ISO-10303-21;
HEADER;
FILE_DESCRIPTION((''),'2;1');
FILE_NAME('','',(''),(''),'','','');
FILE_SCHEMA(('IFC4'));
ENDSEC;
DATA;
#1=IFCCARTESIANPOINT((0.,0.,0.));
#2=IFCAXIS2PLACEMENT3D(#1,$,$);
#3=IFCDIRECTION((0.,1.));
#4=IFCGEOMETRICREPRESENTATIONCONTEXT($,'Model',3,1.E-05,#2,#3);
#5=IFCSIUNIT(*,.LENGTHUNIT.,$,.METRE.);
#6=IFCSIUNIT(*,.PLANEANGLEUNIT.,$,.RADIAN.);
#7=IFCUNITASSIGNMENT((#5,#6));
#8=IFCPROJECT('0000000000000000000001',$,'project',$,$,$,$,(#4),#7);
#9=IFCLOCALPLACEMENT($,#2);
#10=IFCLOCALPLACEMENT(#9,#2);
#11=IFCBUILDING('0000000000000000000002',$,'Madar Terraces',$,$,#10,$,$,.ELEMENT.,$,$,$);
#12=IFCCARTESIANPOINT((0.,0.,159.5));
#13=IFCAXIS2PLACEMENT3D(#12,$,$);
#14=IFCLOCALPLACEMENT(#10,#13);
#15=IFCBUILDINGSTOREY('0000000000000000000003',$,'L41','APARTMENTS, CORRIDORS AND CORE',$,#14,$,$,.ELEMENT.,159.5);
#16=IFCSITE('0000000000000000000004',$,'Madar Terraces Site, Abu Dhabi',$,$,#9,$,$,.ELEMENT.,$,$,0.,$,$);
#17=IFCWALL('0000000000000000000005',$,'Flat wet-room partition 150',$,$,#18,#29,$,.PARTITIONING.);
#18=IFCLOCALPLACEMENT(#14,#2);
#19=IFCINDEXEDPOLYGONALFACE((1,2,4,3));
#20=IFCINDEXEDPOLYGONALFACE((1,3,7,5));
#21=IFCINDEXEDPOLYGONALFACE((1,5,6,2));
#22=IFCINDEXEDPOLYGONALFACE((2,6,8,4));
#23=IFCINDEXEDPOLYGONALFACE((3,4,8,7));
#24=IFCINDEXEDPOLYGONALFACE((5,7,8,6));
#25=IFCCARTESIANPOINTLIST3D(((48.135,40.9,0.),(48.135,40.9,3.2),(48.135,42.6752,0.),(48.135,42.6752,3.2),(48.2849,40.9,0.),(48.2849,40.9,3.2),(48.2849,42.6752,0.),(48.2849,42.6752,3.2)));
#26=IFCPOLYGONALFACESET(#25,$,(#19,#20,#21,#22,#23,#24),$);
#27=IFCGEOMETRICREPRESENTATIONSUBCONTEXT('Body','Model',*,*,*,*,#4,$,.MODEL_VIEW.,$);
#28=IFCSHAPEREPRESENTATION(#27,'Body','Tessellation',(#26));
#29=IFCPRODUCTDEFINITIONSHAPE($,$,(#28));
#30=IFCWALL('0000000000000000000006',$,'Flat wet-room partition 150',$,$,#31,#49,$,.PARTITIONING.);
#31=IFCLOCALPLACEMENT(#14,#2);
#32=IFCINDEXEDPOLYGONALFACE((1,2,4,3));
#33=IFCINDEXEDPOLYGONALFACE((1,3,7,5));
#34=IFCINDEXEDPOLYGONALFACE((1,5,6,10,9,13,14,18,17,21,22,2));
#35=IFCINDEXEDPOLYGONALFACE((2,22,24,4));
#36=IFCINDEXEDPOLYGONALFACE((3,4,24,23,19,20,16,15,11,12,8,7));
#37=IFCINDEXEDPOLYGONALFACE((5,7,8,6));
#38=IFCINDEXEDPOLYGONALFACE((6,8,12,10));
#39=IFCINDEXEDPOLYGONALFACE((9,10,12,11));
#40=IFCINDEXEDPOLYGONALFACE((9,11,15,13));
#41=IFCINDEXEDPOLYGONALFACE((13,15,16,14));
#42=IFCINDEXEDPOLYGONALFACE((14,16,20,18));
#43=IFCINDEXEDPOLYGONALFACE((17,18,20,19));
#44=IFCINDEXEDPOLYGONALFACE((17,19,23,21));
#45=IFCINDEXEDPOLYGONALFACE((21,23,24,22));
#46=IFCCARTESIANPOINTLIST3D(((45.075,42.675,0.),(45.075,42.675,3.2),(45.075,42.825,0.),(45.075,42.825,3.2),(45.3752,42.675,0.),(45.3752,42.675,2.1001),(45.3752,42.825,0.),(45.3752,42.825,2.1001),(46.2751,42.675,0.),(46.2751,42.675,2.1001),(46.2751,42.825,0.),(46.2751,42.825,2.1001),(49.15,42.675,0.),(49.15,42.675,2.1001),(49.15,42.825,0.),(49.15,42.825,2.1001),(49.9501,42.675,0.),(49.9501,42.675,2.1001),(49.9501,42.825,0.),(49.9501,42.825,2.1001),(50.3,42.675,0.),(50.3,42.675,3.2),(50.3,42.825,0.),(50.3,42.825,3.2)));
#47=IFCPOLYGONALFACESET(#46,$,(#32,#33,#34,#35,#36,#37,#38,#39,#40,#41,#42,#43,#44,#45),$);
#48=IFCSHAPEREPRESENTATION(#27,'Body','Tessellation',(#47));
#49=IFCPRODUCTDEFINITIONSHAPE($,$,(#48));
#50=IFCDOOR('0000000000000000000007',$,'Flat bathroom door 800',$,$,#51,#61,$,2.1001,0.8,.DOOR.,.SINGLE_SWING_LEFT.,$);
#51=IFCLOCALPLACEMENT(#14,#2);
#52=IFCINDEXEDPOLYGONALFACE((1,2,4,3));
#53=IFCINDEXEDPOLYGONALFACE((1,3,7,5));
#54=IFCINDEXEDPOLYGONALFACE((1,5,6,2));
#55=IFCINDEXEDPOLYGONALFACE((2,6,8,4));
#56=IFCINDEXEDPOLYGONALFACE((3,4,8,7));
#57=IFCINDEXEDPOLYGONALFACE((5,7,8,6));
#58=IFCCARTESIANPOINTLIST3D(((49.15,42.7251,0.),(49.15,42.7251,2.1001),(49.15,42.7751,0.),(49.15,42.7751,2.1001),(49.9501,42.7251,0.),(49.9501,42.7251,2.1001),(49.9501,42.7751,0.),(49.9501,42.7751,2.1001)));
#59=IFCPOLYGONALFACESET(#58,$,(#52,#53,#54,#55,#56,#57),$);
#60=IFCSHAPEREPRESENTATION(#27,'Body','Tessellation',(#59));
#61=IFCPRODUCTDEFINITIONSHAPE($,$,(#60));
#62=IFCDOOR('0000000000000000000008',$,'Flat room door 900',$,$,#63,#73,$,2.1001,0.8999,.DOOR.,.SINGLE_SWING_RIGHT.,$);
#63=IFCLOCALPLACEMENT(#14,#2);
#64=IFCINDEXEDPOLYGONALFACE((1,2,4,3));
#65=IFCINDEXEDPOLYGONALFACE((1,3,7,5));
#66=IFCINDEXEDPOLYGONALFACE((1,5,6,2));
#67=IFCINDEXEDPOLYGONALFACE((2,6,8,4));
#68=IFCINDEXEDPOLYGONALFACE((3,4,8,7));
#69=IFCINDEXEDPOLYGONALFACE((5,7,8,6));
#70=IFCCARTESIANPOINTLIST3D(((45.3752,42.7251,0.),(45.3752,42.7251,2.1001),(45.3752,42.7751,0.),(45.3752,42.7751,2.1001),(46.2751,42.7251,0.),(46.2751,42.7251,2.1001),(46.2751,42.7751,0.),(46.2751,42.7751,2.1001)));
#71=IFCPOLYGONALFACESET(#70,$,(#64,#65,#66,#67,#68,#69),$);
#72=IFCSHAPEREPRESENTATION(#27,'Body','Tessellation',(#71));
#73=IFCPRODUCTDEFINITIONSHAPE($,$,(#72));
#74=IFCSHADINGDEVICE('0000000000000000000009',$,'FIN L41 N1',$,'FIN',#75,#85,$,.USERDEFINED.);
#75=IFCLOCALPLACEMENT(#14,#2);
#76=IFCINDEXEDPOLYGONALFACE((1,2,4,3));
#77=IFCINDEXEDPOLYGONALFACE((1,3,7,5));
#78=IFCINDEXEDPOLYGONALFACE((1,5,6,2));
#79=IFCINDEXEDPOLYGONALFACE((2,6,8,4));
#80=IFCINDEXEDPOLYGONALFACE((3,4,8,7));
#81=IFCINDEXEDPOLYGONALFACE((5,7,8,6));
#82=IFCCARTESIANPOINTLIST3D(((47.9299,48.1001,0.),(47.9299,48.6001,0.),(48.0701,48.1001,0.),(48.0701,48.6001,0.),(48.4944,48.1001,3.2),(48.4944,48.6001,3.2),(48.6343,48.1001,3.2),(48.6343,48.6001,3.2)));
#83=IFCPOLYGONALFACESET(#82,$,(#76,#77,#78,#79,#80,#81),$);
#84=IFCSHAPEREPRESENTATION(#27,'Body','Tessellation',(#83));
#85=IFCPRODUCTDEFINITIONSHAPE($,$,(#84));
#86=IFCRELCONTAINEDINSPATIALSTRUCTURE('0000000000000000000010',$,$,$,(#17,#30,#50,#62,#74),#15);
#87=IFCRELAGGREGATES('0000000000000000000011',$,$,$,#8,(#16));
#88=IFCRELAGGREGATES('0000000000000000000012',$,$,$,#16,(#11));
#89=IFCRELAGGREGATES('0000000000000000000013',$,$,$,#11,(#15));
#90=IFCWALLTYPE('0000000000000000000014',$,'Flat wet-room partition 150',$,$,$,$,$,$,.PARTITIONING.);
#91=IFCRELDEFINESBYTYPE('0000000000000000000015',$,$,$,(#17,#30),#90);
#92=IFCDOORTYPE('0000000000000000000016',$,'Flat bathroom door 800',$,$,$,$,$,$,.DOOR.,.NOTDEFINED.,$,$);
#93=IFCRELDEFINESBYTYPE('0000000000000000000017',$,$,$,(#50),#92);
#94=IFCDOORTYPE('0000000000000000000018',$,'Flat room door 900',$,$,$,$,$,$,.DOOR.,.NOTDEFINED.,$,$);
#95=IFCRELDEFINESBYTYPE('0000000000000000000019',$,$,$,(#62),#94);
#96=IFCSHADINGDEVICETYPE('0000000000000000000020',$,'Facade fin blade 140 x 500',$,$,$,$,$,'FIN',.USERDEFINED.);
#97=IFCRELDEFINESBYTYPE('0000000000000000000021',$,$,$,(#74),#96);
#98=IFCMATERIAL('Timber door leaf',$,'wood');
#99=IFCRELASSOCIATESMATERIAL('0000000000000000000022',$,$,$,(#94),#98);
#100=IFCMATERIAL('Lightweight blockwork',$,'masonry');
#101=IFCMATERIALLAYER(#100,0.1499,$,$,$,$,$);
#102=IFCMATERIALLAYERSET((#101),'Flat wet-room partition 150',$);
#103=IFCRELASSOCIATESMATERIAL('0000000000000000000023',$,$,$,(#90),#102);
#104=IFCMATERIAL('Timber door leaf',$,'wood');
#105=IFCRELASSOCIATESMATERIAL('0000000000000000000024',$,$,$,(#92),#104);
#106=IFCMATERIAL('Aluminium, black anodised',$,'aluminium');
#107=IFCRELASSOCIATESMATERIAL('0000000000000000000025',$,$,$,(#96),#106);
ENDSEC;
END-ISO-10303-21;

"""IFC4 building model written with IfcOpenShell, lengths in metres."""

from ifc_helpers import new_model, si_unit, direction, frame, frame_2d, origin, place, context, subcontext, project, spatial, polyline, rectangle, outline, extrude, material, layer, layer_set, type_object, element, fill, save


model = new_model("IFC4")

# Units and contexts
model_context = context("Model", 3, precision=1e-05, world=origin(), true_north=direction((0.0, 1.0)))
body_context = subcontext(model_context, "Body", "Model", "MODEL_VIEW")
ifc_project = project(units=[si_unit("LENGTHUNIT", "METRE"), si_unit("PLANEANGLEUNIT", "RADIAN")], contexts=[model_context])

# Site, building, storey
site_placement = place(None, origin())
site = spatial("IfcSite", under=ifc_project, at=site_placement, Name="Madar Terraces Site, Abu Dhabi", CompositionType="ELEMENT", RefElevation=0.0)
building_placement = place(site_placement, origin())
building = spatial("IfcBuilding", under=site, at=building_placement, Name="Madar Terraces", CompositionType="ELEMENT")
storey_placement = place(building_placement, frame((0.0, 0.0, 159.5)))
storey = spatial("IfcBuildingStorey", under=building, at=storey_placement, Name="L41", Description="APARTMENTS, CORRIDORS AND CORE", CompositionType="ELEMENT", Elevation=159.5)

# Shared definitions
ifc_material_1 = material(Name="Timber door leaf", Category="wood")
door_type_1 = type_object("IfcDoorType", Name="Flat room door 900", OperationType="NOTDEFINED", PredefinedType="DOOR", material=ifc_material_1)

# Wall
ifc_material_2 = material(Name="Lightweight blockwork", Category="masonry")
ifc_layer_1 = layer(ifc_material_2, 0.1499)
ifc_layer_set_1 = layer_set([ifc_layer_1], Name="Flat wet-room partition 150")
wall_type_1 = type_object("IfcWallType", Name="Flat wet-room partition 150", PredefinedType="PARTITIONING", material=ifc_layer_set_1)
wall_1_placement = place(storey_placement, frame((48.21, 40.8999, 0.0), z_axis=(0.0, 0.0, 1.0), x_axis=(0.0, 1.0, 0.0)))
element("IfcWall", 1, at=wall_1_placement, inside=storey, type_object=wall_type_1, Name="Flat wet-room partition 150", PredefinedType="PARTITIONING", context=body_context, shape_type="SweptSolid", body=[
    extrude(rectangle(XDim=1.7751, YDim=0.1499, at=frame_2d((0.8877, 0.0))), origin(), (0.0, 0.0, 1.0), 3.2),
])

# Wall, openings, doors
wall_2_placement = place(storey_placement, frame((50.3, 42.75, 0.0), z_axis=(0.0, 0.0, 1.0), x_axis=(-1.0, 0.0, 0.0)))
wall_2 = element("IfcWall", 2, at=wall_2_placement, inside=storey, type_object=wall_type_1, Name="Flat wet-room partition 150", PredefinedType="PARTITIONING", context=body_context, shape_type="SweptSolid", body=[
    extrude(rectangle(XDim=5.2251, YDim=0.1499, at=frame_2d((2.6125, 0.0))), origin(), (0.0, 0.0, 1.0), 3.2),
])
opening_1_placement = place(wall_2_placement, frame((4.0249, 0.0, 0.0)))
opening_1 = element("IfcOpeningElement", 3, at=opening_1_placement, cuts=wall_2, PredefinedType="OPENING", context=body_context, shape_type="SweptSolid", body=[
    extrude(rectangle(XDim=0.8999, YDim=2.1001, at=frame_2d((0.45, 1.05))), frame((0.0, 0.085, 0.0), z_axis=(0.0, -1.0, 0.0), x_axis=(1.0, 0.0, 0.0)), (0.0, 0.0, 1.0), 0.1699),
])
opening_2_placement = place(wall_2_placement, frame((0.3501, 0.0, 0.0)))
opening_2 = element("IfcOpeningElement", 4, at=opening_2_placement, cuts=wall_2, PredefinedType="OPENING", context=body_context, shape_type="SweptSolid", body=[
    extrude(rectangle(XDim=0.8, YDim=2.1001, at=frame_2d((0.3999, 1.05))), frame((0.0, 0.085, 0.0), z_axis=(0.0, -1.0, 0.0), x_axis=(1.0, 0.0, 0.0)), (0.0, 0.0, 1.0), 0.1699),
])
ifc_material_3 = material(Name="Timber door leaf", Category="wood")
door_type_2 = type_object("IfcDoorType", Name="Flat bathroom door 800", OperationType="NOTDEFINED", PredefinedType="DOOR", material=ifc_material_3)
door_1_placement = place(opening_2_placement, origin())
door_1 = element("IfcDoor", 5, at=door_1_placement, inside=storey, type_object=door_type_2, Name="Flat bathroom door 800", OperationType="SINGLE_SWING_LEFT", OverallHeight=2.1001, OverallWidth=0.8, PredefinedType="DOOR", context=body_context, shape_type="SweptSolid", body=[
    extrude(rectangle(XDim=0.8, YDim=2.1001, at=frame_2d((0.3999, 1.05))), frame((0.0, 0.0249, 0.0), z_axis=(0.0, -1.0, 0.0), x_axis=(1.0, 0.0, 0.0)), (0.0, 0.0, 1.0), 0.05),
])
fill(opening_2, door_1)
door_2_placement = place(opening_1_placement, origin())
door_2 = element("IfcDoor", 6, at=door_2_placement, inside=storey, type_object=door_type_1, Name="Flat room door 900", OperationType="SINGLE_SWING_RIGHT", OverallHeight=2.1001, OverallWidth=0.8999, PredefinedType="DOOR", context=body_context, shape_type="SweptSolid", body=[
    extrude(rectangle(XDim=0.8999, YDim=2.1001, at=frame_2d((0.45, 1.05))), frame((0.0, 0.0249, 0.0), z_axis=(0.0, -1.0, 0.0), x_axis=(1.0, 0.0, 0.0)), (0.0, 0.0, 1.0), 0.05),
])
fill(opening_1, door_2)

# Shading device
ifc_material_4 = material(Name="Aluminium, black anodised", Category="aluminium")
shading_device_type = type_object("IfcShadingDeviceType", Name="Facade fin blade 140 x 500", ElementType="FIN", PredefinedType="USERDEFINED", material=ifc_material_4)
shading_device_placement = place(storey_placement, frame((48.0701, 48.3501, 0.0), z_axis=(0.0, 0.0, 1.0), x_axis=(-1.0, 0.0, 0.0)))
element("IfcShadingDevice", 7, at=shading_device_placement, inside=storey, type_object=shading_device_type, Name="FIN L41 N1", ObjectType="FIN", PredefinedType="USERDEFINED", context=body_context, shape_type="SweptSolid", body=[
    extrude(outline(polyline([(0.0, 0.0), (0.1401, 0.0), (-0.4243, 3.2), (-0.5642, 3.2), (0.0, 0.0)])), frame((0.0, 0.25, 0.0), z_axis=(0.0, -1.0, 0.0), x_axis=(1.0, 0.0, 0.0)), (0.0, 0.0, 1.0), 0.5),
])

save(model, "model.ifc")
